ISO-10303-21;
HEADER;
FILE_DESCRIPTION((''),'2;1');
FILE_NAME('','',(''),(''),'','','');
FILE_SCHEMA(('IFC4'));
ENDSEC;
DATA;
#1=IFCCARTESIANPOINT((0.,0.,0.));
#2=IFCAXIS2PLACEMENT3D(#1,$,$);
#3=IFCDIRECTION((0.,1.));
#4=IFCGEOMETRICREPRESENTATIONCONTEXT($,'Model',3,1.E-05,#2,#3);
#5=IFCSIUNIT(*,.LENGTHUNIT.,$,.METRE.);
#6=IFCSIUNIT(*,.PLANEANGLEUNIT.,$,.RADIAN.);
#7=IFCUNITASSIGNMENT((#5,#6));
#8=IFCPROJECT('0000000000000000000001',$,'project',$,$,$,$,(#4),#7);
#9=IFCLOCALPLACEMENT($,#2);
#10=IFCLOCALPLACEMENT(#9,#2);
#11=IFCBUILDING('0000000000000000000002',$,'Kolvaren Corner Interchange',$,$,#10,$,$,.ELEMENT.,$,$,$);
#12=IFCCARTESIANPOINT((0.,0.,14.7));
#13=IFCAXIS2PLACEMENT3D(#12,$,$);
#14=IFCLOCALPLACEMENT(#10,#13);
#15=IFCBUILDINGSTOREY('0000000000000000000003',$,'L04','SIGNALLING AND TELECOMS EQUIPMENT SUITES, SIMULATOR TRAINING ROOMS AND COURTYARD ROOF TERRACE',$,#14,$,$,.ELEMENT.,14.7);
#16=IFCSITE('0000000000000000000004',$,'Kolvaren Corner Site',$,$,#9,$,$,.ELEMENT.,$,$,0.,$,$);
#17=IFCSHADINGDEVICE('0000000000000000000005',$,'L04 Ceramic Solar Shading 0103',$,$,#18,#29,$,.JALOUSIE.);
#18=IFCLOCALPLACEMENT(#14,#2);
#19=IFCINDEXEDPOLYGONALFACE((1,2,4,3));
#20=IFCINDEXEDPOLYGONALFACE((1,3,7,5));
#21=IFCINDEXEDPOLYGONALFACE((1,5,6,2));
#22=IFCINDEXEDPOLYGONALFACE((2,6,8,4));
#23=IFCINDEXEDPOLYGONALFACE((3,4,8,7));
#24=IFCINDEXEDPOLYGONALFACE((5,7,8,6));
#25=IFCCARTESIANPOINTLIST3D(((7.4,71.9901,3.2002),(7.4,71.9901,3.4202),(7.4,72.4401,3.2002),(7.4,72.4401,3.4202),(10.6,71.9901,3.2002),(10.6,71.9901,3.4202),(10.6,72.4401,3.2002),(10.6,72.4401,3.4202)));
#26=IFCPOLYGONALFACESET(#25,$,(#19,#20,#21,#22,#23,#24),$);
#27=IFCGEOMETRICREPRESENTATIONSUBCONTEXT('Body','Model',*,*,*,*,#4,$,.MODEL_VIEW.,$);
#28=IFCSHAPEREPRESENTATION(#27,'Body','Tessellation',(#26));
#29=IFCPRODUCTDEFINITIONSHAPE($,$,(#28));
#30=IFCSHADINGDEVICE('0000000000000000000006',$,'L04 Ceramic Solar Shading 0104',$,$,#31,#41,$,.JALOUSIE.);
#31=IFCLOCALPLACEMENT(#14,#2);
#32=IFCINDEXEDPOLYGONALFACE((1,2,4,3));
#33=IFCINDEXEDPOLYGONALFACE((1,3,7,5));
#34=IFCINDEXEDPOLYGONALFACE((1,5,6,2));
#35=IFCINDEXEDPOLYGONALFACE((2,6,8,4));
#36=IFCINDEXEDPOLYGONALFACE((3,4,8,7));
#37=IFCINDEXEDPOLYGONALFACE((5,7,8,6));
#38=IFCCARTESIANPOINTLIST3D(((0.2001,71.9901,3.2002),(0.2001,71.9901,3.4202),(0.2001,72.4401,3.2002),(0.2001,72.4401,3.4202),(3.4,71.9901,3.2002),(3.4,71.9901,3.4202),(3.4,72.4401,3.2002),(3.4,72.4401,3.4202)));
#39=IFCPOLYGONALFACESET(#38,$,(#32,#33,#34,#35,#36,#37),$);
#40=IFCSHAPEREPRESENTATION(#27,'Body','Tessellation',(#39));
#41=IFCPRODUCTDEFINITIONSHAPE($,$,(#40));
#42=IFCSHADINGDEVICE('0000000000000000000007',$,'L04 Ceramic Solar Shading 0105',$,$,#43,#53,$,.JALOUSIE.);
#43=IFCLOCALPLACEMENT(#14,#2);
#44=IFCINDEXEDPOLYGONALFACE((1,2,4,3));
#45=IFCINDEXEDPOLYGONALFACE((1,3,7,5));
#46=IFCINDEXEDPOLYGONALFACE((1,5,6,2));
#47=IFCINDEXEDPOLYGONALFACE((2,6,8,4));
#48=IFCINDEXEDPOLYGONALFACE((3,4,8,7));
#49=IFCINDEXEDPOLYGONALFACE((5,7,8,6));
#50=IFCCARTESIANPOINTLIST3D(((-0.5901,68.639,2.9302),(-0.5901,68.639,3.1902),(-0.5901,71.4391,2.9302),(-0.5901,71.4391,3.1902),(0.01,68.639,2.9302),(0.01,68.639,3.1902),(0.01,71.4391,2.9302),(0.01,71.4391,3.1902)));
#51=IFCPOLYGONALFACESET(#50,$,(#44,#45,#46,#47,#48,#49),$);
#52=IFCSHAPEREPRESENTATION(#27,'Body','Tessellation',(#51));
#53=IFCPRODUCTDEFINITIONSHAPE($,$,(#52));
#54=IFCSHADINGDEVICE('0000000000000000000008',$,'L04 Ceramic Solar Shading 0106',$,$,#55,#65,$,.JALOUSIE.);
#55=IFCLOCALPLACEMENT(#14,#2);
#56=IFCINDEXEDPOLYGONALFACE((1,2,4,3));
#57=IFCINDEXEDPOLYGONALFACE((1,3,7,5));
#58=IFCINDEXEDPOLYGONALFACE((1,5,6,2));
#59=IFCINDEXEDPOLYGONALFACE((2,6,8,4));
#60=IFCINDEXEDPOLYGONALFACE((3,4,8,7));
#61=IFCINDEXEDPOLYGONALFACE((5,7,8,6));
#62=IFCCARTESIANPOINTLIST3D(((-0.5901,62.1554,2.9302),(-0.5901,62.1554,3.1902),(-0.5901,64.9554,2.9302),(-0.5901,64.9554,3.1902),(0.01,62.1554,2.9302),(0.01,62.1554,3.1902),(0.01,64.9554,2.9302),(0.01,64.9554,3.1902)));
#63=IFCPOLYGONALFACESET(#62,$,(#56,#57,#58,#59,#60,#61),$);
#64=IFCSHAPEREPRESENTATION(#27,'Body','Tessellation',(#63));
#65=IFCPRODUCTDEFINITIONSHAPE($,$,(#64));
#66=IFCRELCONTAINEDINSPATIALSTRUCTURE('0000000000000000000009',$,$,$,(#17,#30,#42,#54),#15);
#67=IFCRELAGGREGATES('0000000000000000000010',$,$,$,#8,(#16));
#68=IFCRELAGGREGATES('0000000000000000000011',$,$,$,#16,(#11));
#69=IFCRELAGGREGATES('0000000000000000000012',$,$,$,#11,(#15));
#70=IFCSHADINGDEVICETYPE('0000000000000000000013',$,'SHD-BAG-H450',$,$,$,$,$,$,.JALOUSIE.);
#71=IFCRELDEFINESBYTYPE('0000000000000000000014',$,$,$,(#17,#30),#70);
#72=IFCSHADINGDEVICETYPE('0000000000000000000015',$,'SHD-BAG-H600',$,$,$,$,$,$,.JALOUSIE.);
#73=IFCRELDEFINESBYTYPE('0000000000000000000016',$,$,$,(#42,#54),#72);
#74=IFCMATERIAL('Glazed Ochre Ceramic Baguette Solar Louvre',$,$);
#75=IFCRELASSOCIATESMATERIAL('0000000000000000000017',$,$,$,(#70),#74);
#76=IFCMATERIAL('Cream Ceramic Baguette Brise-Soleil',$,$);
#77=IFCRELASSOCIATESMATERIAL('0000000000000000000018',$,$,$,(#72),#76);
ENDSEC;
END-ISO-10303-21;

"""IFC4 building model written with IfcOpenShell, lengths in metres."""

from ifc_helpers import new_model, si_unit, direction, frame, origin, origin_2d, place, context, subcontext, project, spatial, rectangle, extrude, material, type_object, element, save


model = new_model("IFC4")

# Units and contexts
model_context = context("Model", 3, precision=1e-05, world=origin(), true_north=direction((0.0, 1.0)))
body_context = subcontext(model_context, "Body", "Model", "MODEL_VIEW")
ifc_project = project(units=[si_unit("LENGTHUNIT", "METRE"), si_unit("PLANEANGLEUNIT", "RADIAN")], contexts=[model_context])

# Site, building, storey
site_placement = place(None, origin())
site = spatial("IfcSite", under=ifc_project, at=site_placement, Name="Kolvaren Corner Site", CompositionType="ELEMENT", RefElevation=0.0)
building_placement = place(site_placement, origin())
building = spatial("IfcBuilding", under=site, at=building_placement, Name="Kolvaren Corner Interchange", CompositionType="ELEMENT")
storey_placement = place(building_placement, frame((0.0, 0.0, 14.7)))
storey = spatial("IfcBuildingStorey", under=building, at=storey_placement, Name="L04", Description="SIGNALLING AND TELECOMS EQUIPMENT SUITES, SIMULATOR TRAINING ROOMS AND COURTYARD ROOF TERRACE", CompositionType="ELEMENT", Elevation=14.7)

# Shading devices
ifc_material_1 = material(Name="Glazed Ochre Ceramic Baguette Solar Louvre")
shading_device_type_1 = type_object("IfcShadingDeviceType", Name="SHD-BAG-H450", PredefinedType="JALOUSIE", material=ifc_material_1)
for number, where, z_axis, x_axis, name in (
    (1, (9.0, 72.2151, 3.2002), (0.0, 0.0, 1.0), (-1.0, 0.0, 0.0), "L04 Ceramic Solar Shading 0103"),
    (2, (1.8, 72.2151, 3.2002), (0.0, 0.0, 1.0), (-1.0, 0.0, 0.0), "L04 Ceramic Solar Shading 0104"),
):
    element("IfcShadingDevice", number, at=place(storey_placement, frame(where, z_axis=z_axis, x_axis=x_axis)), inside=storey, type_object=shading_device_type_1, Name=name, PredefinedType="JALOUSIE", context=body_context, shape_type="SweptSolid", body=[
        extrude(rectangle(XDim=3.2, YDim=0.45, at=origin_2d()), origin(), (0.0, 0.0, 1.0), 0.22),
    ])
ifc_material_2 = material(Name="Cream Ceramic Baguette Brise-Soleil")
shading_device_type_2 = type_object("IfcShadingDeviceType", Name="SHD-BAG-H600", PredefinedType="JALOUSIE", material=ifc_material_2)
for number, where, z_axis, x_axis, name in (
    (3, (-0.29, 70.0391, 2.9302), (0.0, 0.0, 1.0), (0.0, -1.0, 0.0), "L04 Ceramic Solar Shading 0105"),
    (4, (-0.29, 63.5554, 2.9302), (0.0, 0.0, 1.0), (0.0, -1.0, 0.0), "L04 Ceramic Solar Shading 0106"),
):
    element("IfcShadingDevice", number, at=place(storey_placement, frame(where, z_axis=z_axis, x_axis=x_axis)), inside=storey, type_object=shading_device_type_2, Name=name, PredefinedType="JALOUSIE", context=body_context, shape_type="SweptSolid", body=[
        extrude(rectangle(XDim=2.8, YDim=0.6001, at=origin_2d()), origin(), (0.0, 0.0, 1.0), 0.26),
    ])

save(model, "model.ifc")
